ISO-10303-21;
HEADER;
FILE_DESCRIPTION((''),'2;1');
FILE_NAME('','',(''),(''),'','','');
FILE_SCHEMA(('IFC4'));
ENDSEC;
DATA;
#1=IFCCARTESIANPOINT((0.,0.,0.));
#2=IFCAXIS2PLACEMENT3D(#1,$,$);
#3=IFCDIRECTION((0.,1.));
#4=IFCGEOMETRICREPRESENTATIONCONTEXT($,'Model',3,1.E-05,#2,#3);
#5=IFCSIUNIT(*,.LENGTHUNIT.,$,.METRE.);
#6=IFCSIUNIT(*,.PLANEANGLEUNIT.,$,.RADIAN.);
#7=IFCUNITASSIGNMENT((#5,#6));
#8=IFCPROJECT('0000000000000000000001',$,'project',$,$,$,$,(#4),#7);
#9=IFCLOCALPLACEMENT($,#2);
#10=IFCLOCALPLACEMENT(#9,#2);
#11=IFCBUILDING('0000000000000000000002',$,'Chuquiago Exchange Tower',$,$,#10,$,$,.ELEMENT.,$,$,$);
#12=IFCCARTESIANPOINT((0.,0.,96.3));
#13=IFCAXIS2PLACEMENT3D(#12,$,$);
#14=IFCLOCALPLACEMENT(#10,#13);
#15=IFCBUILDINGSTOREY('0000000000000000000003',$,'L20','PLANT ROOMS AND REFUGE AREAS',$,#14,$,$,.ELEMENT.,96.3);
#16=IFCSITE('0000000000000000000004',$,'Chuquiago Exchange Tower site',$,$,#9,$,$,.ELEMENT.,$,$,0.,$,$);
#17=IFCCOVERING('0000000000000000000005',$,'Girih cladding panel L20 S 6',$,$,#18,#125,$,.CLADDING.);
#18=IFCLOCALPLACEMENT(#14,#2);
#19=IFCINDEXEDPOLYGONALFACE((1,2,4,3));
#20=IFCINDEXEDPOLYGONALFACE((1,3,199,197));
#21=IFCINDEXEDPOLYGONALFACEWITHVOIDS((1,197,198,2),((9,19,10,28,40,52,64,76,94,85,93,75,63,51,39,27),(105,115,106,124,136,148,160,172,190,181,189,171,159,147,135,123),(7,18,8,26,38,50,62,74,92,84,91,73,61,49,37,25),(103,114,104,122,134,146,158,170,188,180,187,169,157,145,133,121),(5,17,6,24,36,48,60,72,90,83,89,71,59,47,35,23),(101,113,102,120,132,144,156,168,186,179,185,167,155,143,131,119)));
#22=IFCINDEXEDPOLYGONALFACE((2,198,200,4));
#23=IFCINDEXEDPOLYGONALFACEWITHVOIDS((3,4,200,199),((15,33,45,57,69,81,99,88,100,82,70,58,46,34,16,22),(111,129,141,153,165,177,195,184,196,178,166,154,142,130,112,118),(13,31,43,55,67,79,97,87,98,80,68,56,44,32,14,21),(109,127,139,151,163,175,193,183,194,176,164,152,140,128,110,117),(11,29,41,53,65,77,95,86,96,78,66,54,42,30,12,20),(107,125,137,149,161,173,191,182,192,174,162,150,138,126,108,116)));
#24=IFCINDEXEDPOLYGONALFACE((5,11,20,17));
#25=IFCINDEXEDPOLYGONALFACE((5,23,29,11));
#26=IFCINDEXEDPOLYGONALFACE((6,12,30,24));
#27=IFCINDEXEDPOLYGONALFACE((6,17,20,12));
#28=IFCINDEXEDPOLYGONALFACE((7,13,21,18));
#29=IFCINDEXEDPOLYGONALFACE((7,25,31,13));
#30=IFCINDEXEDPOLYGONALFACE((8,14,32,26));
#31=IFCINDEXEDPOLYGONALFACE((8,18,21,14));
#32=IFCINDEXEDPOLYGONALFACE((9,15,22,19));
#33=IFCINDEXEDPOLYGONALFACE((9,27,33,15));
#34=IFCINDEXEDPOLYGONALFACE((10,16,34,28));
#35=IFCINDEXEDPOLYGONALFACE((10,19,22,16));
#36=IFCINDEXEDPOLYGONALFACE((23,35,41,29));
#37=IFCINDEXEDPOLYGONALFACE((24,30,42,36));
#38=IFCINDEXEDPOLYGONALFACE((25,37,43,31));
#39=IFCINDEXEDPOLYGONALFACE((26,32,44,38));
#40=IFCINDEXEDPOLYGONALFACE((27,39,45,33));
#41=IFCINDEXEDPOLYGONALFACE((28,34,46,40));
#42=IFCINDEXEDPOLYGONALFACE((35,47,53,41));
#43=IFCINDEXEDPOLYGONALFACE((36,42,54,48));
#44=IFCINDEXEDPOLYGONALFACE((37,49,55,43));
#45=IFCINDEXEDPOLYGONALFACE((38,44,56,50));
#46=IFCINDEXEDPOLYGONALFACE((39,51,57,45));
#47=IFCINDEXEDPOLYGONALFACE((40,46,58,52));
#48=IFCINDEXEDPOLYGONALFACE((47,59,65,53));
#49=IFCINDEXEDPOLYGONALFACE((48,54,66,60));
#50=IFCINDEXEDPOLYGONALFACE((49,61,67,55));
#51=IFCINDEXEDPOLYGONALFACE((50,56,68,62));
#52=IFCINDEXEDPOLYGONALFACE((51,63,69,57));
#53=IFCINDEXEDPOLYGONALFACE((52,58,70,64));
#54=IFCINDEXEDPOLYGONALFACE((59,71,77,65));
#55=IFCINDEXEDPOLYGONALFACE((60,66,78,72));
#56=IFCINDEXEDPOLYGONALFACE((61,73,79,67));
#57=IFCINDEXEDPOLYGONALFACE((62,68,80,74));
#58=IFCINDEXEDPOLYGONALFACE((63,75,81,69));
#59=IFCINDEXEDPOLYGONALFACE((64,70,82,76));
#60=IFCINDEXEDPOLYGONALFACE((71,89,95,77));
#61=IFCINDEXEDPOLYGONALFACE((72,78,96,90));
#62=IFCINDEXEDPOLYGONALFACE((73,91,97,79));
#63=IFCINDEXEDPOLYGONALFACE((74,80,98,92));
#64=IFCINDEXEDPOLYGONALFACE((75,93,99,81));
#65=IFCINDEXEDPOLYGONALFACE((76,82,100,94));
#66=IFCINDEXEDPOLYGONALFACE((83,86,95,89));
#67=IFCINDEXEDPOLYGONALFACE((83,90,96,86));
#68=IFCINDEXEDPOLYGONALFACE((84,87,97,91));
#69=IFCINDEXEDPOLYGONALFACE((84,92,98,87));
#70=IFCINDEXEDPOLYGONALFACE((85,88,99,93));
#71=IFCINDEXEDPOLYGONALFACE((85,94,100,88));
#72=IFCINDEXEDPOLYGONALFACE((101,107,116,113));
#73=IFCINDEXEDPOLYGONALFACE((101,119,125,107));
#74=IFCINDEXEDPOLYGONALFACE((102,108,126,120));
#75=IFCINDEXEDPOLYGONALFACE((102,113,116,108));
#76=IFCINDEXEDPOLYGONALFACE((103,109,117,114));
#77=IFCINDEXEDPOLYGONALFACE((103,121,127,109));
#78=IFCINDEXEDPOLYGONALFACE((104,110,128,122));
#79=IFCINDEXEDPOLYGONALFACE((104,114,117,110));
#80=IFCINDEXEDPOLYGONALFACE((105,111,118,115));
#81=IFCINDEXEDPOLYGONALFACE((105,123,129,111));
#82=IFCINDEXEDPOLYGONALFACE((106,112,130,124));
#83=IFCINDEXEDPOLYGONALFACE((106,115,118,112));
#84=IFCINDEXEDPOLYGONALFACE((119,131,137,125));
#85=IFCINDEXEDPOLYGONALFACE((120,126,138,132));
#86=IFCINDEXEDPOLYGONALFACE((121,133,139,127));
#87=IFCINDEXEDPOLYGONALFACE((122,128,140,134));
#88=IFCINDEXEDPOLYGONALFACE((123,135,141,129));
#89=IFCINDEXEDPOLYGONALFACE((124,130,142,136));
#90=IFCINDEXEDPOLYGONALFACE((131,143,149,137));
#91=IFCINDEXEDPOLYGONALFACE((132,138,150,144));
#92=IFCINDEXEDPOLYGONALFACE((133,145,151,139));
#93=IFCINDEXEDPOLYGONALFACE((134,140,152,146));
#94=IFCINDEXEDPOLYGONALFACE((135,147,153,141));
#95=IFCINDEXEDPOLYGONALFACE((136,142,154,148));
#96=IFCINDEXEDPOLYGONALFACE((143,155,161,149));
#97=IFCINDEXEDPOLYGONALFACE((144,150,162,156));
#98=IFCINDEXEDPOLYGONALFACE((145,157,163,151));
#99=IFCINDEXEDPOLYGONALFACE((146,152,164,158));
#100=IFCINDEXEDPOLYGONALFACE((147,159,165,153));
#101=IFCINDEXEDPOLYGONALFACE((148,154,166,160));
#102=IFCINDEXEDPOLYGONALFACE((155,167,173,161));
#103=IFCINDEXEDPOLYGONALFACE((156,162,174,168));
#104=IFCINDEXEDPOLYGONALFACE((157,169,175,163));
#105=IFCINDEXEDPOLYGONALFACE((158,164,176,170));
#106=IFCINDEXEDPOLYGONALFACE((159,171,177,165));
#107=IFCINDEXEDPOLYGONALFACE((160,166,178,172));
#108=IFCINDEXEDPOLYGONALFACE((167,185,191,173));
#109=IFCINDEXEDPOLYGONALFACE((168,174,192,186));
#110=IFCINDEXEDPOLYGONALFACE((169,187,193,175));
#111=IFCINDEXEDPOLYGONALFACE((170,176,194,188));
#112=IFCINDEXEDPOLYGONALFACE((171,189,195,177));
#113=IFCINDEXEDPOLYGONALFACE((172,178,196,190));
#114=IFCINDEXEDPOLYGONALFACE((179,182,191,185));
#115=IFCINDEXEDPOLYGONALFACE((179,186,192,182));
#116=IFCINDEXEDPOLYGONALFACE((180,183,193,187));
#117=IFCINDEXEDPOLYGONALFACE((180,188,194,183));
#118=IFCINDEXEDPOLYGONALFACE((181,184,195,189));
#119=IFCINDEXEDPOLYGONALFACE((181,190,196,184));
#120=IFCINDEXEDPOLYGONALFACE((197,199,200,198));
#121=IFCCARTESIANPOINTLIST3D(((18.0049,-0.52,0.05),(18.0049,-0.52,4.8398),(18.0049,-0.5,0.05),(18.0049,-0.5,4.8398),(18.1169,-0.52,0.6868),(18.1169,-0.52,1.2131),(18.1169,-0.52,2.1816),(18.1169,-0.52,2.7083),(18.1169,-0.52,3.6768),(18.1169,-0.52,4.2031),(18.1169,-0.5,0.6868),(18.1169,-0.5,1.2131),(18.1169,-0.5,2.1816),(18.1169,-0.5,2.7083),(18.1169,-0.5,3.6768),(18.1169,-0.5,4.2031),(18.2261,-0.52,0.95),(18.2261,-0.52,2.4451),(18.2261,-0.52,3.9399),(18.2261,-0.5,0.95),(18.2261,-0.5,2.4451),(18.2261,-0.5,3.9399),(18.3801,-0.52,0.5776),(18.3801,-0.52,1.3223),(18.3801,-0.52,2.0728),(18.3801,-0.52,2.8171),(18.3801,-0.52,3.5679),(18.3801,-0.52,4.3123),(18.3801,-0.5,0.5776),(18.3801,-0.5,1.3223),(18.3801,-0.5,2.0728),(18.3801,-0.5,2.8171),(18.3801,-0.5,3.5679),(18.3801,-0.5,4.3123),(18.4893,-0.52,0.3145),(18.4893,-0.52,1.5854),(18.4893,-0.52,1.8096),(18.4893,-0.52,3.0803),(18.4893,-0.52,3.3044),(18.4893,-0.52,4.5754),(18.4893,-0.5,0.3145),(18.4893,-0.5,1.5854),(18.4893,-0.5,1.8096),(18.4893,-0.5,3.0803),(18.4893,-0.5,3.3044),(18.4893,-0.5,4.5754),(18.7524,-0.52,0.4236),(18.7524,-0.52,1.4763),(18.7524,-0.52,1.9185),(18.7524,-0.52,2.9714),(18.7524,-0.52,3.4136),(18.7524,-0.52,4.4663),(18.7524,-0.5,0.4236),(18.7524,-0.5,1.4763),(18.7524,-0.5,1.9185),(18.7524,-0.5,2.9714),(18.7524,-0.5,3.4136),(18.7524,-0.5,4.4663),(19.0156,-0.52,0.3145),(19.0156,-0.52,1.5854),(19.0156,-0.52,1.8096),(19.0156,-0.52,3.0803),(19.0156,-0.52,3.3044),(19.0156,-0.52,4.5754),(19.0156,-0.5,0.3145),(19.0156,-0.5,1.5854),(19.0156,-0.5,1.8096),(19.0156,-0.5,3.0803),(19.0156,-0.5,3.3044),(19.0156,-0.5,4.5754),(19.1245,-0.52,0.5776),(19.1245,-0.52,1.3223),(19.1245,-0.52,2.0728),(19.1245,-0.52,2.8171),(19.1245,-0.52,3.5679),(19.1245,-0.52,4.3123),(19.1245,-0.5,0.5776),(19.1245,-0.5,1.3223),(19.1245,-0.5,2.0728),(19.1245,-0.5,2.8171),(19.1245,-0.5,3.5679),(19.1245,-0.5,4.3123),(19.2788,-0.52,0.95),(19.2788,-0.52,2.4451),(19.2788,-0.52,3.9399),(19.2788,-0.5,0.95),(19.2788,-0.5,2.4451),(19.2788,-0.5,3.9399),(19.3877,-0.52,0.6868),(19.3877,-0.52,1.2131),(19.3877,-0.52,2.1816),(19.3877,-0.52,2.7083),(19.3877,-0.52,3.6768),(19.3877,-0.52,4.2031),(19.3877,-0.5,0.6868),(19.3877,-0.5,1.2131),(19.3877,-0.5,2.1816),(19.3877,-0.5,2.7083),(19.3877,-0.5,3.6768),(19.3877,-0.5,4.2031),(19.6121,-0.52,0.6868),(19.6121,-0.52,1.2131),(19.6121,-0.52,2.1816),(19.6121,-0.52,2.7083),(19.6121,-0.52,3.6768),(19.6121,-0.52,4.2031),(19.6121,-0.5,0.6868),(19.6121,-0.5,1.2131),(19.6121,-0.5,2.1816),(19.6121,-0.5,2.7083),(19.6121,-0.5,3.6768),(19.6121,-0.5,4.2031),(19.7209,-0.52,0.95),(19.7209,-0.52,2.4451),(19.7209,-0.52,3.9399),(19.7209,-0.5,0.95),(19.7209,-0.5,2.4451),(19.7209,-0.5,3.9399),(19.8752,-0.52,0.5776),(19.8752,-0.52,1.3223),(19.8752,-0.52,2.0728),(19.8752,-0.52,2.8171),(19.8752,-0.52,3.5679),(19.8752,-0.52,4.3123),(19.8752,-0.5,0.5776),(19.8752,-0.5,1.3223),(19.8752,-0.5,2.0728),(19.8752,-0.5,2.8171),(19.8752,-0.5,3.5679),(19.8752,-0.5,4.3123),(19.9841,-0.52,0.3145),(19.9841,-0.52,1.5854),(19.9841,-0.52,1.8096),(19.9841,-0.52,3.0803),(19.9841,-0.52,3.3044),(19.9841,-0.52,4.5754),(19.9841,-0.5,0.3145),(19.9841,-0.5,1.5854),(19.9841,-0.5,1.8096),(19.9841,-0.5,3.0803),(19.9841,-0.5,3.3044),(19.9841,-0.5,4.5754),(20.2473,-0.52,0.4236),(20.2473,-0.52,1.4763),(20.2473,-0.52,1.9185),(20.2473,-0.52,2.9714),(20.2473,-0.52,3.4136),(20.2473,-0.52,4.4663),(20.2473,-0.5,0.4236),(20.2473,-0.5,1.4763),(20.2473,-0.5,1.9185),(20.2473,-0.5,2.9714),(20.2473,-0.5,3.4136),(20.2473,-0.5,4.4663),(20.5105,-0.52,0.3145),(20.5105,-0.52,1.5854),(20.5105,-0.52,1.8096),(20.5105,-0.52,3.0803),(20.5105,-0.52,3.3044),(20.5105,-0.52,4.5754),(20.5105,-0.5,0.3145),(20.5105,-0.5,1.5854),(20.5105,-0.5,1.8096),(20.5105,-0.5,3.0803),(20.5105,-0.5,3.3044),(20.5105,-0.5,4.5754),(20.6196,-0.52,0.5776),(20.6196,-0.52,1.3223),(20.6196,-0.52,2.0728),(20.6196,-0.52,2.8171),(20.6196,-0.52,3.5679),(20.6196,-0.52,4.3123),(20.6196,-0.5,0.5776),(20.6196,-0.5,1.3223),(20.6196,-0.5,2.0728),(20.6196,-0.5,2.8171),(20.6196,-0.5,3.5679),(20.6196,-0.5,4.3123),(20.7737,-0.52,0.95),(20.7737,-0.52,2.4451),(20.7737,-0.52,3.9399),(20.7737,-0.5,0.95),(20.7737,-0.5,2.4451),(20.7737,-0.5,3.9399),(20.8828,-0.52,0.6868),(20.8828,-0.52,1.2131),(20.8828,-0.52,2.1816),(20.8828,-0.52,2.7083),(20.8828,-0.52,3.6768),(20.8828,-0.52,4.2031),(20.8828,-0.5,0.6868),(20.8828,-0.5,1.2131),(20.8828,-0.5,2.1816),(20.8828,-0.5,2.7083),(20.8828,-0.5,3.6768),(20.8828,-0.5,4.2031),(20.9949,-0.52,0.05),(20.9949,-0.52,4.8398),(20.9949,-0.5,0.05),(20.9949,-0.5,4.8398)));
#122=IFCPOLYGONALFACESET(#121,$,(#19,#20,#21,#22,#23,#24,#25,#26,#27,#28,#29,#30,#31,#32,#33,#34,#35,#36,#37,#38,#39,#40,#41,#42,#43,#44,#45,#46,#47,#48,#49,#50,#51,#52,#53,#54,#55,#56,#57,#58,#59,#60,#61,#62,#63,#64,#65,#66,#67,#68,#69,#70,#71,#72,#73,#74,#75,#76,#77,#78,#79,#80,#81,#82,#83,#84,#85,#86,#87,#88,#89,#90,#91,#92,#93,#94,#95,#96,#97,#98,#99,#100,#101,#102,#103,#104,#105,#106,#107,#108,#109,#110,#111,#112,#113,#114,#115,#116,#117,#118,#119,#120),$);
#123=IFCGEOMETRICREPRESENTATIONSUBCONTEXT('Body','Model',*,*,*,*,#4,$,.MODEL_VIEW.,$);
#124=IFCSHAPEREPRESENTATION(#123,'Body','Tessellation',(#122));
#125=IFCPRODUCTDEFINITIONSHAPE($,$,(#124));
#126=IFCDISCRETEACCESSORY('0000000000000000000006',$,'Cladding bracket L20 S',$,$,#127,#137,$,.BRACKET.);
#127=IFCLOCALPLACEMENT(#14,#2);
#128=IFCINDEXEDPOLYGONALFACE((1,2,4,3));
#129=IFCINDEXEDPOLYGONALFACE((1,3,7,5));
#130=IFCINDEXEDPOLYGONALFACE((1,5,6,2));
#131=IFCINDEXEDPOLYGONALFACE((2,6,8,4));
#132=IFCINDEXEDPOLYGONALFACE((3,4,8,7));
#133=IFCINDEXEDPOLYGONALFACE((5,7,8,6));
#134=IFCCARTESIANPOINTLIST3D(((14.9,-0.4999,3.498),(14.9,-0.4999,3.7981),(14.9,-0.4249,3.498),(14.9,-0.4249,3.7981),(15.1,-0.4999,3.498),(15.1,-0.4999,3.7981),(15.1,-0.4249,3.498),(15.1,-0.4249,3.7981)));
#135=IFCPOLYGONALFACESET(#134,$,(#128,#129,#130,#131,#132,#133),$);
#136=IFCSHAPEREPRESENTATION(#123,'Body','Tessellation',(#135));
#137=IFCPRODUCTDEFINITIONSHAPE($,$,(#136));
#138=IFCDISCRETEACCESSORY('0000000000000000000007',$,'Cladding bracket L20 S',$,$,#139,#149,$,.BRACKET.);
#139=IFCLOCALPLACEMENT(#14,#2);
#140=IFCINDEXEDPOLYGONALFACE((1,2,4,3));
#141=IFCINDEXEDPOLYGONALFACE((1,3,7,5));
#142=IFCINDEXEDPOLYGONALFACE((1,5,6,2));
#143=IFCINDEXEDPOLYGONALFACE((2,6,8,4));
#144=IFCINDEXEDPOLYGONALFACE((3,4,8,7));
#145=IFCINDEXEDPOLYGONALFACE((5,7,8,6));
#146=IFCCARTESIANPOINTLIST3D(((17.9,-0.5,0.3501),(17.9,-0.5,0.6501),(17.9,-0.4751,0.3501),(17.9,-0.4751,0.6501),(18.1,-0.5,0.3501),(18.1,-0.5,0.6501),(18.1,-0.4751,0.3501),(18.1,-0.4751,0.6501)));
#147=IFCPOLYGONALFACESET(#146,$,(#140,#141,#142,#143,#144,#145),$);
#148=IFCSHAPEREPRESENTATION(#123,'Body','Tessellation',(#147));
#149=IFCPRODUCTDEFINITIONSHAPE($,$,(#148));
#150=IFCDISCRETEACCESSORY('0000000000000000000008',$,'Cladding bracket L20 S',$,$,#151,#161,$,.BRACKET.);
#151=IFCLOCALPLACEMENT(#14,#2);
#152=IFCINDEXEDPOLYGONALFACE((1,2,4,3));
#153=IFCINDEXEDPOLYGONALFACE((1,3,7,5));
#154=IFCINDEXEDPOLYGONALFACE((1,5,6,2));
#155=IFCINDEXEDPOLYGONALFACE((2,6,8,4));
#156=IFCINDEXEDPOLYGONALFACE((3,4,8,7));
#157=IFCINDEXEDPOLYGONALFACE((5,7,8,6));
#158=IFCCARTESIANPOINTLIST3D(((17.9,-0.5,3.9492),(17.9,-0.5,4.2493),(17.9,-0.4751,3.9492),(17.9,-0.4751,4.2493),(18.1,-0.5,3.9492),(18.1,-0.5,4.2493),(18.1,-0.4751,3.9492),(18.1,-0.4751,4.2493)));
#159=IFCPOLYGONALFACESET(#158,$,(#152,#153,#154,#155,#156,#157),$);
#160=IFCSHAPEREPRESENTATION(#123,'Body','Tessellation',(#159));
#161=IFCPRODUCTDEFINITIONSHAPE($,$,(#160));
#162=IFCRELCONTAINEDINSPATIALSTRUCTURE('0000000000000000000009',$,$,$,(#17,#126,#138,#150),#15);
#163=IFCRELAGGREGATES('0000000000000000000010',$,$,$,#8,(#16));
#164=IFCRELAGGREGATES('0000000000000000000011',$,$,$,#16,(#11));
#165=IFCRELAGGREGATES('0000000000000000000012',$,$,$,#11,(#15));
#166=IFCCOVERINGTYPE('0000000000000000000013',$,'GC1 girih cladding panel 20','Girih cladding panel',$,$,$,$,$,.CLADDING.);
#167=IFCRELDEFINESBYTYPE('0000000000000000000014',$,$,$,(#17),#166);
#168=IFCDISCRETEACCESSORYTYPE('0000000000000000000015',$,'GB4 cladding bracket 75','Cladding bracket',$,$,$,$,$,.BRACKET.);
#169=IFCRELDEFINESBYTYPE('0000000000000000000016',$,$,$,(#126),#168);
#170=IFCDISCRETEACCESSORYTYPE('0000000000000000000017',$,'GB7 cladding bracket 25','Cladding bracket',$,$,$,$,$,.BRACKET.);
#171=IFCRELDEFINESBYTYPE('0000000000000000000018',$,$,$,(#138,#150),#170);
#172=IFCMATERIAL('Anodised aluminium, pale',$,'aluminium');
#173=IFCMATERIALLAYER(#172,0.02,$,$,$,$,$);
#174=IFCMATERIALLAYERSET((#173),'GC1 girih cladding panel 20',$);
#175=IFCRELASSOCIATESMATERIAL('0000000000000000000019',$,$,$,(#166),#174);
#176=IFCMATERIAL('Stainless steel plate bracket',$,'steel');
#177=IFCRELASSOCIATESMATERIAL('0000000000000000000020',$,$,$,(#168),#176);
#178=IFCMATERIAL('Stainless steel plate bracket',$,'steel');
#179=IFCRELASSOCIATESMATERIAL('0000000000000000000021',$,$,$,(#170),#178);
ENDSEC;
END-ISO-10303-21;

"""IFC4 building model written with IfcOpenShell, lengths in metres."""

from ifc_helpers import new_model, si_unit, direction, frame, origin, origin_2d, place, context, subcontext, project, spatial, polyline, rectangle, outline, extrude, material, layer, layer_set, type_object, element, save


model = new_model("IFC4")

# Units and contexts
model_context = context("Model", 3, precision=1e-05, world=origin(), true_north=direction((0.0, 1.0)))
body_context = subcontext(model_context, "Body", "Model", "MODEL_VIEW")
ifc_project = project(units=[si_unit("LENGTHUNIT", "METRE"), si_unit("PLANEANGLEUNIT", "RADIAN")], contexts=[model_context])

# Site, building, storey
site_placement = place(None, origin())
site = spatial("IfcSite", under=ifc_project, at=site_placement, Name="Chuquiago Exchange Tower site", CompositionType="ELEMENT", RefElevation=0.0)
building_placement = place(site_placement, origin())
building = spatial("IfcBuilding", under=site, at=building_placement, Name="Chuquiago Exchange Tower", CompositionType="ELEMENT")
storey_placement = place(building_placement, frame((0.0, 0.0, 96.3)))
storey = spatial("IfcBuildingStorey", under=building, at=storey_placement, Name="L20", Description="PLANT ROOMS AND REFUGE AREAS", CompositionType="ELEMENT", Elevation=96.3)

# Covering
ifc_material_1 = material(Name="Anodised aluminium, pale", Category="aluminium")
ifc_layer_1 = layer(ifc_material_1, 0.02)
ifc_layer_set_1 = layer_set([ifc_layer_1], Name="GC1 girih cladding panel 20")
covering_type = type_object("IfcCoveringType", Name="GC1 girih cladding panel 20", Description="Girih cladding panel", PredefinedType="CLADDING", material=ifc_layer_set_1)
covering_1_placement = place(storey_placement, frame((18.0049, -0.5, 0.05), z_axis=(0.0, 0.0, 1.0), x_axis=(1.0, 0.0, 0.0)))
element("IfcCovering", 1, at=covering_1_placement, inside=storey, type_object=covering_type, Name="Girih cladding panel L20 S 6", PredefinedType="CLADDING", context=body_context, shape_type="SweptSolid", body=[
    extrude(outline(polyline([(0.0, 0.0), (2.99, 0.0), (2.99, 4.7898), (0.0, 4.7898), (0.0, 0.0)]), holes=[polyline([(1.2739, 0.8999), (1.3828, 1.1631), (1.1196, 1.2722), (1.0107, 1.5354), (0.7476, 1.4263), (0.4844, 1.5354), (0.3752, 1.2722), (0.1121, 1.1631), (0.2212, 0.8999), (0.1121, 0.6367), (0.3752, 0.5276), (0.4844, 0.2644), (0.7476, 0.3735), (1.0107, 0.2644), (1.1196, 0.5276), (1.3828, 0.6367), (1.2739, 0.8999)]), polyline([(2.7688, 0.8999), (2.8779, 1.1631), (2.6147, 1.2722), (2.5056, 1.5354), (2.2424, 1.4263), (1.9792, 1.5354), (1.8704, 1.2722), (1.6072, 1.1631), (1.7161, 0.8999), (1.6072, 0.6367), (1.8704, 0.5276), (1.9792, 0.2644), (2.2424, 0.3735), (2.5056, 0.2644), (2.6147, 0.5276), (2.8779, 0.6367), (2.7688, 0.8999)]), polyline([(1.2739, 2.395), (1.3828, 2.6582), (1.1196, 2.7671), (1.0107, 3.0303), (0.7476, 2.9214), (0.4844, 3.0303), (0.3752, 2.7671), (0.1121, 2.6582), (0.2212, 2.395), (0.1121, 2.1316), (0.3752, 2.0227), (0.4844, 1.7595), (0.7476, 1.8684), (1.0107, 1.7595), (1.1196, 2.0227), (1.3828, 2.1316), (1.2739, 2.395)]), polyline([(2.7688, 2.395), (2.8779, 2.6582), (2.6147, 2.7671), (2.5056, 3.0303), (2.2424, 2.9214), (1.9792, 3.0303), (1.8704, 2.7671), (1.6072, 2.6582), (1.7161, 2.395), (1.6072, 2.1316), (1.8704, 2.0227), (1.9792, 1.7595), (2.2424, 1.8684), (2.5056, 1.7595), (2.6147, 2.0227), (2.8779, 2.1316), (2.7688, 2.395)]), polyline([(1.2739, 3.8899), (1.3828, 4.1531), (1.1196, 4.2622), (1.0107, 4.5254), (0.7476, 4.4163), (0.4844, 4.5254), (0.3752, 4.2622), (0.1121, 4.1531), (0.2212, 3.8899), (0.1121, 3.6267), (0.3752, 3.5178), (0.4844, 3.2544), (0.7476, 3.3635), (1.0107, 3.2544), (1.1196, 3.5178), (1.3828, 3.6267), (1.2739, 3.8899)]), polyline([(2.7688, 3.8899), (2.8779, 4.1531), (2.6147, 4.2622), (2.5056, 4.5254), (2.2424, 4.4163), (1.9792, 4.5254), (1.8704, 4.2622), (1.6072, 4.1531), (1.7161, 3.8899), (1.6072, 3.6267), (1.8704, 3.5178), (1.9792, 3.2544), (2.2424, 3.3635), (2.5056, 3.2544), (2.6147, 3.5178), (2.8779, 3.6267), (2.7688, 3.8899)])]), frame((0.0, 0.0, 0.0), z_axis=(0.0, -1.0, 0.0), x_axis=(1.0, 0.0, 0.0)), (0.0, 0.0, 1.0), 0.02),
])

# Discrete accessories
ifc_material_2 = material(Name="Stainless steel plate bracket", Category="steel")
discrete_accessory_type_1 = type_object("IfcDiscreteAccessoryType", Name="GB4 cladding bracket 75", Description="Cladding bracket", PredefinedType="BRACKET", material=ifc_material_2)
discrete_accessory_placement = place(storey_placement, frame((15.0, -0.4624, 3.498), z_axis=(0.0, 0.0, 1.0), x_axis=(1.0, 0.0, 0.0)))
element("IfcDiscreteAccessory", 2, at=discrete_accessory_placement, inside=storey, type_object=discrete_accessory_type_1, Name="Cladding bracket L20 S", PredefinedType="BRACKET", context=body_context, shape_type="SweptSolid", body=[
    extrude(rectangle(XDim=0.2, YDim=0.075, at=origin_2d()), origin(), (0.0, 0.0, 1.0), 0.3),
])
ifc_material_3 = material(Name="Stainless steel plate bracket", Category="steel")
discrete_accessory_type_2 = type_object("IfcDiscreteAccessoryType", Name="GB7 cladding bracket 25", Description="Cladding bracket", PredefinedType="BRACKET", material=ifc_material_3)
for number, where, z_axis, x_axis, name in (
    (3, (18.0, -0.4875, 0.3501), (0.0, 0.0, 1.0), (1.0, 0.0, 0.0), "Cladding bracket L20 S"),
    (4, (18.0, -0.4875, 3.9492), (0.0, 0.0, 1.0), (1.0, 0.0, 0.0), "Cladding bracket L20 S"),
):
    element("IfcDiscreteAccessory", number, at=place(storey_placement, frame(where, z_axis=z_axis, x_axis=x_axis)), inside=storey, type_object=discrete_accessory_type_2, Name=name, PredefinedType="BRACKET", context=body_context, shape_type="SweptSolid", body=[
        extrude(rectangle(XDim=0.2, YDim=0.0249, at=origin_2d()), origin(), (0.0, 0.0, 1.0), 0.3),
    ])

save(model, "model.ifc")
